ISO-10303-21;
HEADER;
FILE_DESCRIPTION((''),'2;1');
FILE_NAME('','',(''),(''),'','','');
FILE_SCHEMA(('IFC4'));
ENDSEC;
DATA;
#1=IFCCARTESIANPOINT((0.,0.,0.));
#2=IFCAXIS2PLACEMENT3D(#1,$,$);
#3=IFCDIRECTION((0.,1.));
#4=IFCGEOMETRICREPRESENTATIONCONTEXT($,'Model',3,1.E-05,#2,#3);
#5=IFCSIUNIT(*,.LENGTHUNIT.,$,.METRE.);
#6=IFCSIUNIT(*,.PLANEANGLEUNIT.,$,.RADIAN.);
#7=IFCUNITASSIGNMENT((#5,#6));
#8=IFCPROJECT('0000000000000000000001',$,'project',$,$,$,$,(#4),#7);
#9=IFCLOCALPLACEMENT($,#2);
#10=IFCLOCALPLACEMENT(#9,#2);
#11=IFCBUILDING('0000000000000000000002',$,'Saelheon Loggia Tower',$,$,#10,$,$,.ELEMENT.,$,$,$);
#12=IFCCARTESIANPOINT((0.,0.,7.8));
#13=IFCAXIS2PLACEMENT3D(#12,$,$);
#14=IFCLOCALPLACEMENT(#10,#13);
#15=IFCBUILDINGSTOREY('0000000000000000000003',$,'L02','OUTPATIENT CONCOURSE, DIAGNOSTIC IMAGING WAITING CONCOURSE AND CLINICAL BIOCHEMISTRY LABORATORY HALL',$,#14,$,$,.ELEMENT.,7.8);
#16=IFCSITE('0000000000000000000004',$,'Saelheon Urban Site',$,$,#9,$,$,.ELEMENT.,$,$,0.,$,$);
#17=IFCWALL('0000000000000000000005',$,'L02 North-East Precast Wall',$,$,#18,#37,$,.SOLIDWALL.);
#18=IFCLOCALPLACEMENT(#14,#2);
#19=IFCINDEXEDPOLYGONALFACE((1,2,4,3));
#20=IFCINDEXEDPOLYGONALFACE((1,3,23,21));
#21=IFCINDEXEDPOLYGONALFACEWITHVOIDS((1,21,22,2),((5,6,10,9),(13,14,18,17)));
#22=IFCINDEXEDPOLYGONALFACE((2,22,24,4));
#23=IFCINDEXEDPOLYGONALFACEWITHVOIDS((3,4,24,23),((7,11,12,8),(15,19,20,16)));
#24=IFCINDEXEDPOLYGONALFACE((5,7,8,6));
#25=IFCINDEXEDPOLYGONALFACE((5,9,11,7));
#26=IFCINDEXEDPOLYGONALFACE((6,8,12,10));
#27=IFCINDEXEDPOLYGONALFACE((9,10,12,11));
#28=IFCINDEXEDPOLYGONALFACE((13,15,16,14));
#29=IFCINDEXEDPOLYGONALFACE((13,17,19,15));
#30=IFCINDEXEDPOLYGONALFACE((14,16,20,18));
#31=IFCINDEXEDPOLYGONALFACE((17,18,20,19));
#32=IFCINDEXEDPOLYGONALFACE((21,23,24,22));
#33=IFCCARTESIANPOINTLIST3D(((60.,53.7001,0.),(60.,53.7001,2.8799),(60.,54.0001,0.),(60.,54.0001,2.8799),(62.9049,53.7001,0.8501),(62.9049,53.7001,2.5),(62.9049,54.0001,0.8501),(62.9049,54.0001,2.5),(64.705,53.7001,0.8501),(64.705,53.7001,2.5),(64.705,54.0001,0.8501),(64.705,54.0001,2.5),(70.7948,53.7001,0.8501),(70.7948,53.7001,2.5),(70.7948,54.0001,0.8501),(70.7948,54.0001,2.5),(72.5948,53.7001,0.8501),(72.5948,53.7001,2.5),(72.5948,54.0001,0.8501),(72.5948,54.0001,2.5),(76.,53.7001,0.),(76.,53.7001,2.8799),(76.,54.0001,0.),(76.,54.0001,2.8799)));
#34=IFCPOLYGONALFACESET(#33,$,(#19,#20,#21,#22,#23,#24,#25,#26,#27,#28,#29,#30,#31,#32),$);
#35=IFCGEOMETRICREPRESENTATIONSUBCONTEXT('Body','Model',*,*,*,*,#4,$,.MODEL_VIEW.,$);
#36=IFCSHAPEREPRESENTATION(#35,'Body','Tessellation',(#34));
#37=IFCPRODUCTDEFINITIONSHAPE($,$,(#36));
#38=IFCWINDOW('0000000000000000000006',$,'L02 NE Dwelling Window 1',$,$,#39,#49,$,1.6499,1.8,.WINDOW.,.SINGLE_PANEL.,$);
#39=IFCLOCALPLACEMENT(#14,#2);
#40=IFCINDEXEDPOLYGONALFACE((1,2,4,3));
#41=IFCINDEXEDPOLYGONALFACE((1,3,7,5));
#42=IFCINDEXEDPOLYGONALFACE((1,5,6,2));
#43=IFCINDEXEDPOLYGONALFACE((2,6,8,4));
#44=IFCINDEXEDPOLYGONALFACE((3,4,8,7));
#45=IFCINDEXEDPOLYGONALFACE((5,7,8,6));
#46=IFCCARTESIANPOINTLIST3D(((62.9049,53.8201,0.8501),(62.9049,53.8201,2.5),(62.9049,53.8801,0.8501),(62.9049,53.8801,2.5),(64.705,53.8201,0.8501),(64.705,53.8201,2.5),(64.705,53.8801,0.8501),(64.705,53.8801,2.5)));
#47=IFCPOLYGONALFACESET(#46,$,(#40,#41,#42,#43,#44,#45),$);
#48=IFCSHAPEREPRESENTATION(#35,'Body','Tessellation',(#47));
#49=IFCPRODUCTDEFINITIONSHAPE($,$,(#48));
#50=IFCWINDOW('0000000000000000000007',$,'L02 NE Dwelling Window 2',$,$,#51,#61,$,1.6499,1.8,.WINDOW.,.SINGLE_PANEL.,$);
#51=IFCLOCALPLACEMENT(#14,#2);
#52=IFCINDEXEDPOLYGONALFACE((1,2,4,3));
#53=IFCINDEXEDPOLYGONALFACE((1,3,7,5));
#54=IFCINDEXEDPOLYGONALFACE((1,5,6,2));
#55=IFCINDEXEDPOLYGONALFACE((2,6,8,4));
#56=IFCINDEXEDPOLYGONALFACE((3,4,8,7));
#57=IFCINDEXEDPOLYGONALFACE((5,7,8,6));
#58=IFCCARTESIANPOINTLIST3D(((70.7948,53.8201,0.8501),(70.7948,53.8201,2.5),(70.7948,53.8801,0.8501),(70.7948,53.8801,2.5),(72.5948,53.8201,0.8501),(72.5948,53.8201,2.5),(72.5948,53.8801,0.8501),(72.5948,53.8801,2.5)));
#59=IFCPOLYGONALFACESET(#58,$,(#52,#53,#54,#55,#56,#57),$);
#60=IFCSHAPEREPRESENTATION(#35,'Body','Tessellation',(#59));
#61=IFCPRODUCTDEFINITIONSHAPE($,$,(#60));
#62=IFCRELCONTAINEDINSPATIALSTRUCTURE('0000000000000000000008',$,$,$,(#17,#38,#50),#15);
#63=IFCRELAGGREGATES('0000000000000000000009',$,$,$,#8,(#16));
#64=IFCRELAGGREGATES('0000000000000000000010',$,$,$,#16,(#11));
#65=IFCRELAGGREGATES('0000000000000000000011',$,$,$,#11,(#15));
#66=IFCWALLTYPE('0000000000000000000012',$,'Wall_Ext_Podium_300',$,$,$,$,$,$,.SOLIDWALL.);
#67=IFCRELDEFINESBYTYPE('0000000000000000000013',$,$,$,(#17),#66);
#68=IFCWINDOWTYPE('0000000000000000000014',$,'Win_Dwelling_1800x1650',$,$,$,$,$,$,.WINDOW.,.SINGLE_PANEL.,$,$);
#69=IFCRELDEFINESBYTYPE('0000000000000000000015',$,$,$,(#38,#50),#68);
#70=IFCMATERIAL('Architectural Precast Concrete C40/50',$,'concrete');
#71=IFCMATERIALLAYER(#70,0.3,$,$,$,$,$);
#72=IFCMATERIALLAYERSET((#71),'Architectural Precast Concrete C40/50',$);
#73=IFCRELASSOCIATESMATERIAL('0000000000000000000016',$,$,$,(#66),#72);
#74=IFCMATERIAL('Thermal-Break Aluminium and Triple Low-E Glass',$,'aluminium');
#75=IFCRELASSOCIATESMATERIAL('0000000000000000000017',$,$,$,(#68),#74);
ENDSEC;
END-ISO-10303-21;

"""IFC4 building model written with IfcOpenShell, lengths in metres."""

from ifc_helpers import new_model, si_unit, direction, frame, frame_2d, origin, place, context, subcontext, project, spatial, rectangle, extrude, source, transform, mapped, material, layer, layer_set, type_object, element, fill, save


model = new_model("IFC4")

# Units and contexts
model_context = context("Model", 3, precision=1e-05, world=origin(), true_north=direction((0.0, 1.0)))
body_context = subcontext(model_context, "Body", "Model", "MODEL_VIEW")
ifc_project = project(units=[si_unit("LENGTHUNIT", "METRE"), si_unit("PLANEANGLEUNIT", "RADIAN")], contexts=[model_context])

# Site, building, storey
site_placement = place(None, origin())
site = spatial("IfcSite", under=ifc_project, at=site_placement, Name="Saelheon Urban Site", CompositionType="ELEMENT", RefElevation=0.0)
building_placement = place(site_placement, origin())
building = spatial("IfcBuilding", under=site, at=building_placement, Name="Saelheon Loggia Tower", CompositionType="ELEMENT")
storey_placement = place(building_placement, frame((0.0, 0.0, 7.8)))
storey = spatial("IfcBuildingStorey", under=building, at=storey_placement, Name="L02", Description="OUTPATIENT CONCOURSE, DIAGNOSTIC IMAGING WAITING CONCOURSE AND CLINICAL BIOCHEMISTRY LABORATORY HALL", CompositionType="ELEMENT", Elevation=7.8)

# Wall, openings, windows
ifc_material_1 = material(Name="Architectural Precast Concrete C40/50", Category="concrete")
ifc_layer_1 = layer(ifc_material_1, 0.3)
ifc_layer_set_1 = layer_set([ifc_layer_1], Name="Architectural Precast Concrete C40/50")
wall_type_1 = type_object("IfcWallType", Name="Wall_Ext_Podium_300", PredefinedType="SOLIDWALL", material=ifc_layer_set_1)
wall_1_placement = place(storey_placement, frame((60.0, 53.8501, 0.0), z_axis=(0.0, 0.0, 1.0), x_axis=(1.0, 0.0, 0.0)))
wall_1 = element("IfcWall", 1, at=wall_1_placement, inside=storey, type_object=wall_type_1, Name="L02 North-East Precast Wall", PredefinedType="SOLIDWALL", context=body_context, shape_type="SweptSolid", body=[
    extrude(rectangle(XDim=16.0, YDim=0.3, at=frame_2d((8.0, 0.0))), origin(), (0.0, 0.0, 1.0), 2.8799),
])
opening_1_placement = place(wall_1_placement, frame((2.905, 0.0, 0.8501)))
opening_1 = element("IfcOpeningElement", 2, at=opening_1_placement, cuts=wall_1, PredefinedType="OPENING", context=body_context, shape_type="SweptSolid", body=[
    extrude(rectangle(XDim=1.8, YDim=1.6499, at=frame_2d((0.8999, 0.825))), frame((0.0, 0.1621, 0.0), z_axis=(0.0, -1.0, 0.0), x_axis=(1.0, 0.0, 0.0)), (0.0, 0.0, 1.0), 0.324),
])
opening_2_placement = place(wall_1_placement, frame((10.7949, 0.0, 0.8501)))
opening_2 = element("IfcOpeningElement", 3, at=opening_2_placement, cuts=wall_1, PredefinedType="OPENING", context=body_context, shape_type="SweptSolid", body=[
    extrude(rectangle(XDim=1.8, YDim=1.6499, at=frame_2d((0.8999, 0.825))), frame((0.0, 0.1621, 0.0), z_axis=(0.0, -1.0, 0.0), x_axis=(1.0, 0.0, 0.0)), (0.0, 0.0, 1.0), 0.324),
])
ifc_material_2 = material(Name="Thermal-Break Aluminium and Triple Low-E Glass", Category="aluminium")
window_type = type_object("IfcWindowType", Name="Win_Dwelling_1800x1650", PartitioningType="SINGLE_PANEL", PredefinedType="WINDOW", material=ifc_material_2)
shared_shape_1 = source(origin(), body_context, "Body", "SweptSolid", [
    extrude(rectangle(XDim=1.8, YDim=1.6499, at=frame_2d((0.8999, 0.825))), frame((0.0, 0.03, 0.0), z_axis=(0.0, -1.0, 0.0), x_axis=(1.0, 0.0, 0.0)), (0.0, 0.0, 1.0), 0.0601),
])
window_1_placement = place(opening_1_placement, origin())
window_1 = element("IfcWindow", 4, at=window_1_placement, inside=storey, type_object=window_type, Name="L02 NE Dwelling Window 1", OverallHeight=1.6499, OverallWidth=1.8, PartitioningType="SINGLE_PANEL", PredefinedType="WINDOW", context=body_context, shape_type="MappedRepresentation", body=[
    mapped(shared_shape_1, transform((0.0, 0.0, 0.0), scale=1.0)),
])
fill(opening_1, window_1)
window_2_placement = place(opening_2_placement, origin())
window_2 = element("IfcWindow", 5, at=window_2_placement, inside=storey, type_object=window_type, Name="L02 NE Dwelling Window 2", OverallHeight=1.6499, OverallWidth=1.8, PartitioningType="SINGLE_PANEL", PredefinedType="WINDOW", context=body_context, shape_type="MappedRepresentation", body=[
    mapped(shared_shape_1, transform((0.0, 0.0, 0.0), scale=1.0)),
])
fill(opening_2, window_2)

save(model, "model.ifc")
